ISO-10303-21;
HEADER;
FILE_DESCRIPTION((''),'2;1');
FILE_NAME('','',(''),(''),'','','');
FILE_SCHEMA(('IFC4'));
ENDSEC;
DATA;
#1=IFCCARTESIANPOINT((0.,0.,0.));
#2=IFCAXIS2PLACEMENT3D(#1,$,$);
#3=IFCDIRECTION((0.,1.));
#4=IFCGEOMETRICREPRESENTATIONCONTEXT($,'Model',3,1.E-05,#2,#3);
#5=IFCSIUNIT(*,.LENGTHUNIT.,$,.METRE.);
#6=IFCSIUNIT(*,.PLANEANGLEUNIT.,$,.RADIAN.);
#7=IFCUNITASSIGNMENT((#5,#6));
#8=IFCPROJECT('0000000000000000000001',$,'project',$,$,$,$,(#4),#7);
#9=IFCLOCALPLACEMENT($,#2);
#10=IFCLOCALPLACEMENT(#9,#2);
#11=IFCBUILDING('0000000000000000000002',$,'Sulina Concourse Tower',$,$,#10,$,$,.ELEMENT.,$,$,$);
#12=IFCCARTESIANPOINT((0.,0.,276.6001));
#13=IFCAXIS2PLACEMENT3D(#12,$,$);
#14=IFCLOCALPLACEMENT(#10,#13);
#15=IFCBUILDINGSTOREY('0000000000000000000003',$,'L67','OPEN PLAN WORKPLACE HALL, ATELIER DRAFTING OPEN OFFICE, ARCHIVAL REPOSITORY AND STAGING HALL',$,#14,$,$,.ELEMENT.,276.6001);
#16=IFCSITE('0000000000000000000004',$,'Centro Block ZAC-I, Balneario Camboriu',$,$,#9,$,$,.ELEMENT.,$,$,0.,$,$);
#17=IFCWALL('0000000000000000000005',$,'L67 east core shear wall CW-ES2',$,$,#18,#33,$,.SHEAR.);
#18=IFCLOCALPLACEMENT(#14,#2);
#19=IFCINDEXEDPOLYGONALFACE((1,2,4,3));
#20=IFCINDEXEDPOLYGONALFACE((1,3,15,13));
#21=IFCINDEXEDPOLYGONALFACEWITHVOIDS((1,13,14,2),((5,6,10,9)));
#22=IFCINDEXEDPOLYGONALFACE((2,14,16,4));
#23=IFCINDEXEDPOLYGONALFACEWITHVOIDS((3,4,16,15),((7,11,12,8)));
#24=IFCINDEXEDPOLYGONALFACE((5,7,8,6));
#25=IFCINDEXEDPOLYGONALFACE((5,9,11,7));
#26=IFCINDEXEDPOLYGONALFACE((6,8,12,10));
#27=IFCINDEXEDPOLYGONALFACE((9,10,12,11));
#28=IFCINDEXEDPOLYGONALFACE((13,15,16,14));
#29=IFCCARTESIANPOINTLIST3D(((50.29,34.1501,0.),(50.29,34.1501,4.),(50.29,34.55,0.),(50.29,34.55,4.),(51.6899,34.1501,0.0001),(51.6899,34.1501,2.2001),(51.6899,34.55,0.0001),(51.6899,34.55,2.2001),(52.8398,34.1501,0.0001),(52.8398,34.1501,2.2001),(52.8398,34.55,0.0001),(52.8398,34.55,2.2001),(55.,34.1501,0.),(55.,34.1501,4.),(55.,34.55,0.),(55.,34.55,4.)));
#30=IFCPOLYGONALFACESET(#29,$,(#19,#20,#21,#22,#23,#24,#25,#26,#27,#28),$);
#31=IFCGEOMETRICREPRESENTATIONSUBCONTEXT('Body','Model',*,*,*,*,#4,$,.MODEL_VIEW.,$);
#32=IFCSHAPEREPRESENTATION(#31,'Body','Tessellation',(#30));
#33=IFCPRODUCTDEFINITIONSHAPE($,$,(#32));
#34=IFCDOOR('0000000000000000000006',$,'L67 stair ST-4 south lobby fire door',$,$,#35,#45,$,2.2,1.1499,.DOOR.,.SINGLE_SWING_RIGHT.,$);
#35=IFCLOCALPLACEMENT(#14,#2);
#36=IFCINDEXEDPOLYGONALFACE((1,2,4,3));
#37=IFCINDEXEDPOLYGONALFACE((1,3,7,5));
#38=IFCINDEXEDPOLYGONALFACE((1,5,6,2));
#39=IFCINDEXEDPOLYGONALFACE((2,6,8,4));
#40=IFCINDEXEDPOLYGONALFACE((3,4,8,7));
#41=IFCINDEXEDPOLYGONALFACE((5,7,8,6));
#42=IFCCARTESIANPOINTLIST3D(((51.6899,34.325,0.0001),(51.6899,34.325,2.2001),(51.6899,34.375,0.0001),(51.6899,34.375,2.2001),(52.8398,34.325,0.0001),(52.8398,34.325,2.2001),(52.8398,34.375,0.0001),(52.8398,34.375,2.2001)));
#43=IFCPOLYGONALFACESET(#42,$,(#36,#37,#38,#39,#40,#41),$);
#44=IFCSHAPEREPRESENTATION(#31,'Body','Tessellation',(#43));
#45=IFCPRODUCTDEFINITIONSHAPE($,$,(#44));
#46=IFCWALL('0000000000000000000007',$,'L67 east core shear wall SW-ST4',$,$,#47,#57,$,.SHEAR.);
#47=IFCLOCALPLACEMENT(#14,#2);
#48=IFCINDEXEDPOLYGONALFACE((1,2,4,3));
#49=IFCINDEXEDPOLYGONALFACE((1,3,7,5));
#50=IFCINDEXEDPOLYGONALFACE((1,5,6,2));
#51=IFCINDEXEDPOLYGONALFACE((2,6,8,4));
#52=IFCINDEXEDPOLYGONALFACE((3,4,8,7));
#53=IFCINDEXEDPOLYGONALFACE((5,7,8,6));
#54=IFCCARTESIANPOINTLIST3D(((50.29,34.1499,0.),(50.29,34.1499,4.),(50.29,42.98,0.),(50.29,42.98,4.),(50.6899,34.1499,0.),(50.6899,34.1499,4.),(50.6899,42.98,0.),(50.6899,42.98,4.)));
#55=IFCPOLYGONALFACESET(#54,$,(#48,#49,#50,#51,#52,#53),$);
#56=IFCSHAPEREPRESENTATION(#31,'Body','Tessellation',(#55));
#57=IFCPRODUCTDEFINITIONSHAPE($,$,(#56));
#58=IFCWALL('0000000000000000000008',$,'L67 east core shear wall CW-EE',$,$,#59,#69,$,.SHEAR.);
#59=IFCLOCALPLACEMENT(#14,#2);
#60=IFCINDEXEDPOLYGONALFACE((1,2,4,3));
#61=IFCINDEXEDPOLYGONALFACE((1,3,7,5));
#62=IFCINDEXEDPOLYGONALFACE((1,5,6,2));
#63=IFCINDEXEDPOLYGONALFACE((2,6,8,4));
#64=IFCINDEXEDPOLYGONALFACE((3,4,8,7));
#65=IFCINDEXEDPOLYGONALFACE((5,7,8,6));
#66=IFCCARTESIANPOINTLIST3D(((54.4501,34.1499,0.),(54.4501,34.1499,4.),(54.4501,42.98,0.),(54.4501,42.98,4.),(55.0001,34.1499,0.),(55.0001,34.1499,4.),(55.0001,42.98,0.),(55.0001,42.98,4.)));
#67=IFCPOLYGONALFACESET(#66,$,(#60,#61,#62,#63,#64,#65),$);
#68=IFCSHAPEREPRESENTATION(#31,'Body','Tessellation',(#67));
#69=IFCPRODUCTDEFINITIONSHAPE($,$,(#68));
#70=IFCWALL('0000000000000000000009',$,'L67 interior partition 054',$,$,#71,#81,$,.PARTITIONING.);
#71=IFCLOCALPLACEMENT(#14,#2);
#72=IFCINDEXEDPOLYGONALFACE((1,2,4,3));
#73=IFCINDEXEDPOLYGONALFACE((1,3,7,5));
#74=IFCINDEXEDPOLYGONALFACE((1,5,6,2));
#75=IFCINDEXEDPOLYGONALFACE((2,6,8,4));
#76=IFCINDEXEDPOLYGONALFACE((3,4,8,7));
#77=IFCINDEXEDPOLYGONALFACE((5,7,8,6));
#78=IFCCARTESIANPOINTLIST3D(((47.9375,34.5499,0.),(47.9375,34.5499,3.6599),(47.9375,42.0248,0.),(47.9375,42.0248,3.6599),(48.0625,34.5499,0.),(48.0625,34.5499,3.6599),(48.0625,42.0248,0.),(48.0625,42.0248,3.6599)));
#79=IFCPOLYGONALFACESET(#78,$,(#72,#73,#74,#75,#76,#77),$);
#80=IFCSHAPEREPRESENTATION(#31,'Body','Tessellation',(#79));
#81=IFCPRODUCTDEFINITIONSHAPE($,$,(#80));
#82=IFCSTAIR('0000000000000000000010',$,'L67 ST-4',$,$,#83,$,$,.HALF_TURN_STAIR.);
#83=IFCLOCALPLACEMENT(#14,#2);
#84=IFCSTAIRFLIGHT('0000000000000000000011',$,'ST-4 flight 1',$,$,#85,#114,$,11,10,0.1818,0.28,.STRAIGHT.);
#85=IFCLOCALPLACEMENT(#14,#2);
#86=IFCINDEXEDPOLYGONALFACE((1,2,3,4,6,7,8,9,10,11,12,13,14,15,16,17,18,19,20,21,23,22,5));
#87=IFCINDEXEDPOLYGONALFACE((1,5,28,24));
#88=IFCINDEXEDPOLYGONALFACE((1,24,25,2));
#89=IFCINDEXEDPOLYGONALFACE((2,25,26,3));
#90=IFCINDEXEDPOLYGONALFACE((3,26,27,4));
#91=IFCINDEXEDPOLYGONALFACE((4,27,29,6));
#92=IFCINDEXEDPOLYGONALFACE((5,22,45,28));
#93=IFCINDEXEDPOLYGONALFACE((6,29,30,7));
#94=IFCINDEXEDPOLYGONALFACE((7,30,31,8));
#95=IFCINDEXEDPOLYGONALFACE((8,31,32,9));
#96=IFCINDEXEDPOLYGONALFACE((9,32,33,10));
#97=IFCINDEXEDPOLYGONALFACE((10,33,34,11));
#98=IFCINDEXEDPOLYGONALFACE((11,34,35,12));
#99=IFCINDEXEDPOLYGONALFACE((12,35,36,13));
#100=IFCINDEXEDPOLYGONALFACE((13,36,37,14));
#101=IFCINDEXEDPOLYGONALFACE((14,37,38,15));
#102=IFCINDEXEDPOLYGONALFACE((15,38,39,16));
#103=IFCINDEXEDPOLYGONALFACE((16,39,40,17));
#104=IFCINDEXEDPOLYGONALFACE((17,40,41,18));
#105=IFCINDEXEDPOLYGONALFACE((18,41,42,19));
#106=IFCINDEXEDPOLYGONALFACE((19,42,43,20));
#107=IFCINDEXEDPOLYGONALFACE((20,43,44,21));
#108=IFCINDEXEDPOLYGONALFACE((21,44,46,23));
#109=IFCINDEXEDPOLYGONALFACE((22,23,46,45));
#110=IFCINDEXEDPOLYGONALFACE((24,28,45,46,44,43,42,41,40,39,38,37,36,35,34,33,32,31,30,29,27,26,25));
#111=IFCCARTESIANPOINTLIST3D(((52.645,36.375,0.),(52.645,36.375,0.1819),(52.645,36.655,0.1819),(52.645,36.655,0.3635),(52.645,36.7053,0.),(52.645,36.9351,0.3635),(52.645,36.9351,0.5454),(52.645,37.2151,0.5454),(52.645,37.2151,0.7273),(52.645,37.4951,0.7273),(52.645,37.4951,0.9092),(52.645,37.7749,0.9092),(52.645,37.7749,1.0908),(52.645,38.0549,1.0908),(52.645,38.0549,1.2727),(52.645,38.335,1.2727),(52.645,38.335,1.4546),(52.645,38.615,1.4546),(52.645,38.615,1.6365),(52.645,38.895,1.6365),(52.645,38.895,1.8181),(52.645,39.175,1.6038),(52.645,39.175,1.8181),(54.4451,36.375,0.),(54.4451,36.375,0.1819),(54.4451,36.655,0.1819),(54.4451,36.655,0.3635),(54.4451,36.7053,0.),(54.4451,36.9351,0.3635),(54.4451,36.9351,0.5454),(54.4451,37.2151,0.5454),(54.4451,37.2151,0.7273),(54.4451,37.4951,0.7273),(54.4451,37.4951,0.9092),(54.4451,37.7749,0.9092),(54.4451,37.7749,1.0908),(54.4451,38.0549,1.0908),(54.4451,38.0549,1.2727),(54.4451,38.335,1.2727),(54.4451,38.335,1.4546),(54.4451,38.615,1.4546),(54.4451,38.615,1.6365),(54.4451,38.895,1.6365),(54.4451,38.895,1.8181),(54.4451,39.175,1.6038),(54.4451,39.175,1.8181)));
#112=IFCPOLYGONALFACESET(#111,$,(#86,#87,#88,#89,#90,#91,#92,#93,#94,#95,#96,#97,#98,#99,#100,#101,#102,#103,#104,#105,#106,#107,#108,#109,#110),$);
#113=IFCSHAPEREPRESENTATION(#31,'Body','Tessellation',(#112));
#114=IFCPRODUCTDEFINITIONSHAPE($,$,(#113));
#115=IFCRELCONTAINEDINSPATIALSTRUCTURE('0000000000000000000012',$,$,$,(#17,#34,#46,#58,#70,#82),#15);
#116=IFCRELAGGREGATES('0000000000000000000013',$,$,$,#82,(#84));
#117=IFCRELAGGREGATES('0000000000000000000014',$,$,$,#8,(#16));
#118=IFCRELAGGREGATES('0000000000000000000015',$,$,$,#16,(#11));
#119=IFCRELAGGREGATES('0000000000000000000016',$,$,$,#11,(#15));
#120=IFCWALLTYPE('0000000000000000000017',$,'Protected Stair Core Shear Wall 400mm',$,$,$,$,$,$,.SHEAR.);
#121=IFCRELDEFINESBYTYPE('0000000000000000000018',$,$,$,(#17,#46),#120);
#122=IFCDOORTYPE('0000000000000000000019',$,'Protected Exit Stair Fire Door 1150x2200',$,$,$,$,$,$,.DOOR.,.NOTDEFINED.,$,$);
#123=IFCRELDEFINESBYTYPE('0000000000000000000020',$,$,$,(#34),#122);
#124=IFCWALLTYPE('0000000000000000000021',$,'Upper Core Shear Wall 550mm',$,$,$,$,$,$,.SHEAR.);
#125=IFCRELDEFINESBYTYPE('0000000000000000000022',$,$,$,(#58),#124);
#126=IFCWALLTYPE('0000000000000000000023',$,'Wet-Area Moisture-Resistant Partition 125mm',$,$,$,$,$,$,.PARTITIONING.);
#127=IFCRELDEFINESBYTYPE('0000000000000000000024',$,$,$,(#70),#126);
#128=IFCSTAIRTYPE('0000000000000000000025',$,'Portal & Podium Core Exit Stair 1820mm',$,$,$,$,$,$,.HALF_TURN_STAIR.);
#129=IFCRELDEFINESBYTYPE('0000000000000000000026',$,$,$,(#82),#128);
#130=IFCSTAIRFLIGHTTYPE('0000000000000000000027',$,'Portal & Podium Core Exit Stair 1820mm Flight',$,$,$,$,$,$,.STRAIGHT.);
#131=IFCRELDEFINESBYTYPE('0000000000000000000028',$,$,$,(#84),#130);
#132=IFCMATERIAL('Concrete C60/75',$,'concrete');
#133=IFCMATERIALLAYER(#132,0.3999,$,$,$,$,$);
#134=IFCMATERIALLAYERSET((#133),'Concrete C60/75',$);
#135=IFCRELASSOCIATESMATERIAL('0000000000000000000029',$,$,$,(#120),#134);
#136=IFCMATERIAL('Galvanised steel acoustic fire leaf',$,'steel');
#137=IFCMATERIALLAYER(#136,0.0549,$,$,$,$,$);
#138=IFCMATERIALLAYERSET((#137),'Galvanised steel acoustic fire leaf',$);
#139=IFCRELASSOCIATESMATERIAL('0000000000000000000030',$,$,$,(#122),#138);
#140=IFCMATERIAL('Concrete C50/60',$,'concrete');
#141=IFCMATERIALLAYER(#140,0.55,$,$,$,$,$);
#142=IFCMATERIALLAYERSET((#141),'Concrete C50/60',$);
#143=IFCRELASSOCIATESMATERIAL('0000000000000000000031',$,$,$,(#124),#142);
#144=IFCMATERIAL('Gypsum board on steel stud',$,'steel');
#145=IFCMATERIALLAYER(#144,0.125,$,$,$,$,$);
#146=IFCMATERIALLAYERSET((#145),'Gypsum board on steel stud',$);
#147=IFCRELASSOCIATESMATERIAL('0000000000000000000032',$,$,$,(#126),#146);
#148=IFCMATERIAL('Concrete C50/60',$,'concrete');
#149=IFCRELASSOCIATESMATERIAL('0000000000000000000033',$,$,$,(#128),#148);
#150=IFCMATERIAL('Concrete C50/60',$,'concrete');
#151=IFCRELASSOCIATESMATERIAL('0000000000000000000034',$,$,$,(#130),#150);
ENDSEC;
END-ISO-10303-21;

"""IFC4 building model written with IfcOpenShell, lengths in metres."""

from ifc_helpers import new_model, si_unit, direction, frame, frame_2d, origin, place, context, subcontext, project, spatial, polyline, rectangle, outline, extrude, material, layer, layer_set, type_object, element, fill, aggregate, save


model = new_model("IFC4")

# Units and contexts
model_context = context("Model", 3, precision=1e-05, world=origin(), true_north=direction((0.0, 1.0)))
body_context = subcontext(model_context, "Body", "Model", "MODEL_VIEW")
ifc_project = project(units=[si_unit("LENGTHUNIT", "METRE"), si_unit("PLANEANGLEUNIT", "RADIAN")], contexts=[model_context])

# Site, building, storey
site_placement = place(None, origin())
site = spatial("IfcSite", under=ifc_project, at=site_placement, Name="Centro Block ZAC-I, Balneario Camboriu", CompositionType="ELEMENT", RefElevation=0.0)
building_placement = place(site_placement, origin())
building = spatial("IfcBuilding", under=site, at=building_placement, Name="Sulina Concourse Tower", CompositionType="ELEMENT")
storey_placement = place(building_placement, frame((0.0, 0.0, 276.6001)))
storey = spatial("IfcBuildingStorey", under=building, at=storey_placement, Name="L67", Description="OPEN PLAN WORKPLACE HALL, ATELIER DRAFTING OPEN OFFICE, ARCHIVAL REPOSITORY AND STAGING HALL", CompositionType="ELEMENT", Elevation=276.6001)

# Shared definitions
ifc_material_1 = material(Name="Concrete C60/75", Category="concrete")
ifc_layer_1 = layer(ifc_material_1, 0.3999)
ifc_layer_set_1 = layer_set([ifc_layer_1], Name="Concrete C60/75")
wall_type_1 = type_object("IfcWallType", Name="Protected Stair Core Shear Wall 400mm", PredefinedType="SHEAR", material=ifc_layer_set_1)

# Wall, opening, door
wall_1_placement = place(storey_placement, frame((50.29, 34.3501, 0.0), z_axis=(0.0, 0.0, 1.0), x_axis=(1.0, 0.0, 0.0)))
wall_1 = element("IfcWall", 1, at=wall_1_placement, inside=storey, type_object=wall_type_1, Name="L67 east core shear wall CW-ES2", PredefinedType="SHEAR", context=body_context, shape_type="SweptSolid", body=[
    extrude(rectangle(XDim=4.71, YDim=0.3999, at=frame_2d((2.355, 0.0))), origin(), (0.0, 0.0, 1.0), 4.0),
])
opening_1_placement = place(wall_1_placement, frame((1.3999, 0.0, 0.0)))
opening_1 = element("IfcOpeningElement", 2, at=opening_1_placement, cuts=wall_1, PredefinedType="OPENING", context=body_context, shape_type="SweptSolid", body=[
    extrude(rectangle(XDim=1.1499, YDim=2.2, at=frame_2d((0.575, 1.1001))), frame((0.0, 0.21, 0.0), z_axis=(0.0, -1.0, 0.0), x_axis=(1.0, 0.0, 0.0)), (0.0, 0.0, 1.0), 0.4199),
])
ifc_material_2 = material(Name="Galvanised steel acoustic fire leaf", Category="steel")
ifc_layer_2 = layer(ifc_material_2, 0.0549)
ifc_layer_set_2 = layer_set([ifc_layer_2], Name="Galvanised steel acoustic fire leaf")
door_type_1 = type_object("IfcDoorType", Name="Protected Exit Stair Fire Door 1150x2200", OperationType="NOTDEFINED", PredefinedType="DOOR", material=ifc_layer_set_2)
door_1_placement = place(opening_1_placement, origin())
door_1 = element("IfcDoor", 3, at=door_1_placement, inside=storey, type_object=door_type_1, Name="L67 stair ST-4 south lobby fire door", OperationType="SINGLE_SWING_RIGHT", OverallHeight=2.2, OverallWidth=1.1499, PredefinedType="DOOR", context=body_context, shape_type="SweptSolid", body=[
    extrude(rectangle(XDim=1.1499, YDim=2.2, at=frame_2d((0.575, 1.1001))), frame((0.0, 0.0249, 0.0), z_axis=(0.0, -1.0, 0.0), x_axis=(1.0, 0.0, 0.0)), (0.0, 0.0, 1.0), 0.05),
])
fill(opening_1, door_1)

# Walls
wall_2_placement = place(storey_placement, frame((50.49, 34.1499, 0.0), z_axis=(0.0, 0.0, 1.0), x_axis=(0.0, 1.0, 0.0)))
element("IfcWall", 4, at=wall_2_placement, inside=storey, type_object=wall_type_1, Name="L67 east core shear wall SW-ST4", PredefinedType="SHEAR", context=body_context, shape_type="SweptSolid", body=[
    extrude(rectangle(XDim=8.8301, YDim=0.3999, at=frame_2d((4.415, 0.0))), origin(), (0.0, 0.0, 1.0), 4.0),
])
ifc_material_3 = material(Name="Concrete C50/60", Category="concrete")
ifc_layer_3 = layer(ifc_material_3, 0.55)
ifc_layer_set_3 = layer_set([ifc_layer_3], Name="Concrete C50/60")
wall_type_2 = type_object("IfcWallType", Name="Upper Core Shear Wall 550mm", PredefinedType="SHEAR", material=ifc_layer_set_3)
wall_3_placement = place(storey_placement, frame((54.7251, 34.1499, 0.0), z_axis=(0.0, 0.0, 1.0), x_axis=(0.0, 1.0, 0.0)))
element("IfcWall", 5, at=wall_3_placement, inside=storey, type_object=wall_type_2, Name="L67 east core shear wall CW-EE", PredefinedType="SHEAR", context=body_context, shape_type="SweptSolid", body=[
    extrude(rectangle(XDim=8.8301, YDim=0.55, at=frame_2d((4.415, 0.0))), origin(), (0.0, 0.0, 1.0), 4.0),
])
ifc_material_4 = material(Name="Gypsum board on steel stud", Category="steel")
ifc_layer_4 = layer(ifc_material_4, 0.125)
ifc_layer_set_4 = layer_set([ifc_layer_4], Name="Gypsum board on steel stud")
wall_type_3 = type_object("IfcWallType", Name="Wet-Area Moisture-Resistant Partition 125mm", PredefinedType="PARTITIONING", material=ifc_layer_set_4)
wall_4_placement = place(storey_placement, frame((48.0, 34.55, 0.0), z_axis=(0.0, 0.0, 1.0), x_axis=(0.0, 1.0, 0.0)))
element("IfcWall", 6, at=wall_4_placement, inside=storey, type_object=wall_type_3, Name="L67 interior partition 054", PredefinedType="PARTITIONING", context=body_context, shape_type="SweptSolid", body=[
    extrude(rectangle(XDim=7.4749, YDim=0.125, at=frame_2d((3.7373, 0.0))), origin(), (0.0, 0.0, 1.0), 3.6599),
])

# Stair, stair flight
ifc_material_5 = material(Name="Concrete C50/60", Category="concrete")
stair_type = type_object("IfcStairType", Name="Portal & Podium Core Exit Stair 1820mm", PredefinedType="HALF_TURN_STAIR", material=ifc_material_5)
stair_placement = place(storey_placement, origin())
stair = element("IfcStair", 7, at=stair_placement, inside=storey, type_object=stair_type, Name="L67 ST-4", PredefinedType="HALF_TURN_STAIR")
ifc_material_6 = material(Name="Concrete C50/60", Category="concrete")
stair_flight_type = type_object("IfcStairFlightType", Name="Portal & Podium Core Exit Stair 1820mm Flight", PredefinedType="STRAIGHT", material=ifc_material_6)
stair_flight_placement = place(storey_placement, frame((53.5449, 36.375, 0.0), z_axis=(0.0, 0.0, 1.0), x_axis=(0.0, 1.0, 0.0)))
stair_flight = element("IfcStairFlight", 8, at=stair_flight_placement, type_object=stair_flight_type, Name="ST-4 flight 1", NumberOfRisers=11, NumberOfTreads=10, PredefinedType="STRAIGHT", RiserHeight=0.1818, TreadLength=0.28, context=body_context, shape_type="SweptSolid", body=[
    extrude(outline(polyline([(0.0, 0.0), (0.0, 0.1819), (0.28, 0.1819), (0.28, 0.3635), (0.5601, 0.3635), (0.5601, 0.5454), (0.8401, 0.5454), (0.8401, 0.7273), (1.1201, 0.7273), (1.1201, 0.9092), (1.3999, 0.9092), (1.3999, 1.0908), (1.6799, 1.0908), (1.6799, 1.2727), (1.96, 1.2727), (1.96, 1.4546), (2.24, 1.4546), (2.24, 1.6365), (2.52, 1.6365), (2.52, 1.8181), (2.8, 1.8181), (2.8, 2.0), (2.8, 1.6038), (0.3303, 0.0), (0.0, 0.0)])), frame((0.0, 0.8999, 0.0), z_axis=(0.0, -1.0, 0.0), x_axis=(1.0, 0.0, 0.0)), (0.0, 0.0, 1.0), 1.8),
])
aggregate(stair, [stair_flight])

save(model, "model.ifc")
